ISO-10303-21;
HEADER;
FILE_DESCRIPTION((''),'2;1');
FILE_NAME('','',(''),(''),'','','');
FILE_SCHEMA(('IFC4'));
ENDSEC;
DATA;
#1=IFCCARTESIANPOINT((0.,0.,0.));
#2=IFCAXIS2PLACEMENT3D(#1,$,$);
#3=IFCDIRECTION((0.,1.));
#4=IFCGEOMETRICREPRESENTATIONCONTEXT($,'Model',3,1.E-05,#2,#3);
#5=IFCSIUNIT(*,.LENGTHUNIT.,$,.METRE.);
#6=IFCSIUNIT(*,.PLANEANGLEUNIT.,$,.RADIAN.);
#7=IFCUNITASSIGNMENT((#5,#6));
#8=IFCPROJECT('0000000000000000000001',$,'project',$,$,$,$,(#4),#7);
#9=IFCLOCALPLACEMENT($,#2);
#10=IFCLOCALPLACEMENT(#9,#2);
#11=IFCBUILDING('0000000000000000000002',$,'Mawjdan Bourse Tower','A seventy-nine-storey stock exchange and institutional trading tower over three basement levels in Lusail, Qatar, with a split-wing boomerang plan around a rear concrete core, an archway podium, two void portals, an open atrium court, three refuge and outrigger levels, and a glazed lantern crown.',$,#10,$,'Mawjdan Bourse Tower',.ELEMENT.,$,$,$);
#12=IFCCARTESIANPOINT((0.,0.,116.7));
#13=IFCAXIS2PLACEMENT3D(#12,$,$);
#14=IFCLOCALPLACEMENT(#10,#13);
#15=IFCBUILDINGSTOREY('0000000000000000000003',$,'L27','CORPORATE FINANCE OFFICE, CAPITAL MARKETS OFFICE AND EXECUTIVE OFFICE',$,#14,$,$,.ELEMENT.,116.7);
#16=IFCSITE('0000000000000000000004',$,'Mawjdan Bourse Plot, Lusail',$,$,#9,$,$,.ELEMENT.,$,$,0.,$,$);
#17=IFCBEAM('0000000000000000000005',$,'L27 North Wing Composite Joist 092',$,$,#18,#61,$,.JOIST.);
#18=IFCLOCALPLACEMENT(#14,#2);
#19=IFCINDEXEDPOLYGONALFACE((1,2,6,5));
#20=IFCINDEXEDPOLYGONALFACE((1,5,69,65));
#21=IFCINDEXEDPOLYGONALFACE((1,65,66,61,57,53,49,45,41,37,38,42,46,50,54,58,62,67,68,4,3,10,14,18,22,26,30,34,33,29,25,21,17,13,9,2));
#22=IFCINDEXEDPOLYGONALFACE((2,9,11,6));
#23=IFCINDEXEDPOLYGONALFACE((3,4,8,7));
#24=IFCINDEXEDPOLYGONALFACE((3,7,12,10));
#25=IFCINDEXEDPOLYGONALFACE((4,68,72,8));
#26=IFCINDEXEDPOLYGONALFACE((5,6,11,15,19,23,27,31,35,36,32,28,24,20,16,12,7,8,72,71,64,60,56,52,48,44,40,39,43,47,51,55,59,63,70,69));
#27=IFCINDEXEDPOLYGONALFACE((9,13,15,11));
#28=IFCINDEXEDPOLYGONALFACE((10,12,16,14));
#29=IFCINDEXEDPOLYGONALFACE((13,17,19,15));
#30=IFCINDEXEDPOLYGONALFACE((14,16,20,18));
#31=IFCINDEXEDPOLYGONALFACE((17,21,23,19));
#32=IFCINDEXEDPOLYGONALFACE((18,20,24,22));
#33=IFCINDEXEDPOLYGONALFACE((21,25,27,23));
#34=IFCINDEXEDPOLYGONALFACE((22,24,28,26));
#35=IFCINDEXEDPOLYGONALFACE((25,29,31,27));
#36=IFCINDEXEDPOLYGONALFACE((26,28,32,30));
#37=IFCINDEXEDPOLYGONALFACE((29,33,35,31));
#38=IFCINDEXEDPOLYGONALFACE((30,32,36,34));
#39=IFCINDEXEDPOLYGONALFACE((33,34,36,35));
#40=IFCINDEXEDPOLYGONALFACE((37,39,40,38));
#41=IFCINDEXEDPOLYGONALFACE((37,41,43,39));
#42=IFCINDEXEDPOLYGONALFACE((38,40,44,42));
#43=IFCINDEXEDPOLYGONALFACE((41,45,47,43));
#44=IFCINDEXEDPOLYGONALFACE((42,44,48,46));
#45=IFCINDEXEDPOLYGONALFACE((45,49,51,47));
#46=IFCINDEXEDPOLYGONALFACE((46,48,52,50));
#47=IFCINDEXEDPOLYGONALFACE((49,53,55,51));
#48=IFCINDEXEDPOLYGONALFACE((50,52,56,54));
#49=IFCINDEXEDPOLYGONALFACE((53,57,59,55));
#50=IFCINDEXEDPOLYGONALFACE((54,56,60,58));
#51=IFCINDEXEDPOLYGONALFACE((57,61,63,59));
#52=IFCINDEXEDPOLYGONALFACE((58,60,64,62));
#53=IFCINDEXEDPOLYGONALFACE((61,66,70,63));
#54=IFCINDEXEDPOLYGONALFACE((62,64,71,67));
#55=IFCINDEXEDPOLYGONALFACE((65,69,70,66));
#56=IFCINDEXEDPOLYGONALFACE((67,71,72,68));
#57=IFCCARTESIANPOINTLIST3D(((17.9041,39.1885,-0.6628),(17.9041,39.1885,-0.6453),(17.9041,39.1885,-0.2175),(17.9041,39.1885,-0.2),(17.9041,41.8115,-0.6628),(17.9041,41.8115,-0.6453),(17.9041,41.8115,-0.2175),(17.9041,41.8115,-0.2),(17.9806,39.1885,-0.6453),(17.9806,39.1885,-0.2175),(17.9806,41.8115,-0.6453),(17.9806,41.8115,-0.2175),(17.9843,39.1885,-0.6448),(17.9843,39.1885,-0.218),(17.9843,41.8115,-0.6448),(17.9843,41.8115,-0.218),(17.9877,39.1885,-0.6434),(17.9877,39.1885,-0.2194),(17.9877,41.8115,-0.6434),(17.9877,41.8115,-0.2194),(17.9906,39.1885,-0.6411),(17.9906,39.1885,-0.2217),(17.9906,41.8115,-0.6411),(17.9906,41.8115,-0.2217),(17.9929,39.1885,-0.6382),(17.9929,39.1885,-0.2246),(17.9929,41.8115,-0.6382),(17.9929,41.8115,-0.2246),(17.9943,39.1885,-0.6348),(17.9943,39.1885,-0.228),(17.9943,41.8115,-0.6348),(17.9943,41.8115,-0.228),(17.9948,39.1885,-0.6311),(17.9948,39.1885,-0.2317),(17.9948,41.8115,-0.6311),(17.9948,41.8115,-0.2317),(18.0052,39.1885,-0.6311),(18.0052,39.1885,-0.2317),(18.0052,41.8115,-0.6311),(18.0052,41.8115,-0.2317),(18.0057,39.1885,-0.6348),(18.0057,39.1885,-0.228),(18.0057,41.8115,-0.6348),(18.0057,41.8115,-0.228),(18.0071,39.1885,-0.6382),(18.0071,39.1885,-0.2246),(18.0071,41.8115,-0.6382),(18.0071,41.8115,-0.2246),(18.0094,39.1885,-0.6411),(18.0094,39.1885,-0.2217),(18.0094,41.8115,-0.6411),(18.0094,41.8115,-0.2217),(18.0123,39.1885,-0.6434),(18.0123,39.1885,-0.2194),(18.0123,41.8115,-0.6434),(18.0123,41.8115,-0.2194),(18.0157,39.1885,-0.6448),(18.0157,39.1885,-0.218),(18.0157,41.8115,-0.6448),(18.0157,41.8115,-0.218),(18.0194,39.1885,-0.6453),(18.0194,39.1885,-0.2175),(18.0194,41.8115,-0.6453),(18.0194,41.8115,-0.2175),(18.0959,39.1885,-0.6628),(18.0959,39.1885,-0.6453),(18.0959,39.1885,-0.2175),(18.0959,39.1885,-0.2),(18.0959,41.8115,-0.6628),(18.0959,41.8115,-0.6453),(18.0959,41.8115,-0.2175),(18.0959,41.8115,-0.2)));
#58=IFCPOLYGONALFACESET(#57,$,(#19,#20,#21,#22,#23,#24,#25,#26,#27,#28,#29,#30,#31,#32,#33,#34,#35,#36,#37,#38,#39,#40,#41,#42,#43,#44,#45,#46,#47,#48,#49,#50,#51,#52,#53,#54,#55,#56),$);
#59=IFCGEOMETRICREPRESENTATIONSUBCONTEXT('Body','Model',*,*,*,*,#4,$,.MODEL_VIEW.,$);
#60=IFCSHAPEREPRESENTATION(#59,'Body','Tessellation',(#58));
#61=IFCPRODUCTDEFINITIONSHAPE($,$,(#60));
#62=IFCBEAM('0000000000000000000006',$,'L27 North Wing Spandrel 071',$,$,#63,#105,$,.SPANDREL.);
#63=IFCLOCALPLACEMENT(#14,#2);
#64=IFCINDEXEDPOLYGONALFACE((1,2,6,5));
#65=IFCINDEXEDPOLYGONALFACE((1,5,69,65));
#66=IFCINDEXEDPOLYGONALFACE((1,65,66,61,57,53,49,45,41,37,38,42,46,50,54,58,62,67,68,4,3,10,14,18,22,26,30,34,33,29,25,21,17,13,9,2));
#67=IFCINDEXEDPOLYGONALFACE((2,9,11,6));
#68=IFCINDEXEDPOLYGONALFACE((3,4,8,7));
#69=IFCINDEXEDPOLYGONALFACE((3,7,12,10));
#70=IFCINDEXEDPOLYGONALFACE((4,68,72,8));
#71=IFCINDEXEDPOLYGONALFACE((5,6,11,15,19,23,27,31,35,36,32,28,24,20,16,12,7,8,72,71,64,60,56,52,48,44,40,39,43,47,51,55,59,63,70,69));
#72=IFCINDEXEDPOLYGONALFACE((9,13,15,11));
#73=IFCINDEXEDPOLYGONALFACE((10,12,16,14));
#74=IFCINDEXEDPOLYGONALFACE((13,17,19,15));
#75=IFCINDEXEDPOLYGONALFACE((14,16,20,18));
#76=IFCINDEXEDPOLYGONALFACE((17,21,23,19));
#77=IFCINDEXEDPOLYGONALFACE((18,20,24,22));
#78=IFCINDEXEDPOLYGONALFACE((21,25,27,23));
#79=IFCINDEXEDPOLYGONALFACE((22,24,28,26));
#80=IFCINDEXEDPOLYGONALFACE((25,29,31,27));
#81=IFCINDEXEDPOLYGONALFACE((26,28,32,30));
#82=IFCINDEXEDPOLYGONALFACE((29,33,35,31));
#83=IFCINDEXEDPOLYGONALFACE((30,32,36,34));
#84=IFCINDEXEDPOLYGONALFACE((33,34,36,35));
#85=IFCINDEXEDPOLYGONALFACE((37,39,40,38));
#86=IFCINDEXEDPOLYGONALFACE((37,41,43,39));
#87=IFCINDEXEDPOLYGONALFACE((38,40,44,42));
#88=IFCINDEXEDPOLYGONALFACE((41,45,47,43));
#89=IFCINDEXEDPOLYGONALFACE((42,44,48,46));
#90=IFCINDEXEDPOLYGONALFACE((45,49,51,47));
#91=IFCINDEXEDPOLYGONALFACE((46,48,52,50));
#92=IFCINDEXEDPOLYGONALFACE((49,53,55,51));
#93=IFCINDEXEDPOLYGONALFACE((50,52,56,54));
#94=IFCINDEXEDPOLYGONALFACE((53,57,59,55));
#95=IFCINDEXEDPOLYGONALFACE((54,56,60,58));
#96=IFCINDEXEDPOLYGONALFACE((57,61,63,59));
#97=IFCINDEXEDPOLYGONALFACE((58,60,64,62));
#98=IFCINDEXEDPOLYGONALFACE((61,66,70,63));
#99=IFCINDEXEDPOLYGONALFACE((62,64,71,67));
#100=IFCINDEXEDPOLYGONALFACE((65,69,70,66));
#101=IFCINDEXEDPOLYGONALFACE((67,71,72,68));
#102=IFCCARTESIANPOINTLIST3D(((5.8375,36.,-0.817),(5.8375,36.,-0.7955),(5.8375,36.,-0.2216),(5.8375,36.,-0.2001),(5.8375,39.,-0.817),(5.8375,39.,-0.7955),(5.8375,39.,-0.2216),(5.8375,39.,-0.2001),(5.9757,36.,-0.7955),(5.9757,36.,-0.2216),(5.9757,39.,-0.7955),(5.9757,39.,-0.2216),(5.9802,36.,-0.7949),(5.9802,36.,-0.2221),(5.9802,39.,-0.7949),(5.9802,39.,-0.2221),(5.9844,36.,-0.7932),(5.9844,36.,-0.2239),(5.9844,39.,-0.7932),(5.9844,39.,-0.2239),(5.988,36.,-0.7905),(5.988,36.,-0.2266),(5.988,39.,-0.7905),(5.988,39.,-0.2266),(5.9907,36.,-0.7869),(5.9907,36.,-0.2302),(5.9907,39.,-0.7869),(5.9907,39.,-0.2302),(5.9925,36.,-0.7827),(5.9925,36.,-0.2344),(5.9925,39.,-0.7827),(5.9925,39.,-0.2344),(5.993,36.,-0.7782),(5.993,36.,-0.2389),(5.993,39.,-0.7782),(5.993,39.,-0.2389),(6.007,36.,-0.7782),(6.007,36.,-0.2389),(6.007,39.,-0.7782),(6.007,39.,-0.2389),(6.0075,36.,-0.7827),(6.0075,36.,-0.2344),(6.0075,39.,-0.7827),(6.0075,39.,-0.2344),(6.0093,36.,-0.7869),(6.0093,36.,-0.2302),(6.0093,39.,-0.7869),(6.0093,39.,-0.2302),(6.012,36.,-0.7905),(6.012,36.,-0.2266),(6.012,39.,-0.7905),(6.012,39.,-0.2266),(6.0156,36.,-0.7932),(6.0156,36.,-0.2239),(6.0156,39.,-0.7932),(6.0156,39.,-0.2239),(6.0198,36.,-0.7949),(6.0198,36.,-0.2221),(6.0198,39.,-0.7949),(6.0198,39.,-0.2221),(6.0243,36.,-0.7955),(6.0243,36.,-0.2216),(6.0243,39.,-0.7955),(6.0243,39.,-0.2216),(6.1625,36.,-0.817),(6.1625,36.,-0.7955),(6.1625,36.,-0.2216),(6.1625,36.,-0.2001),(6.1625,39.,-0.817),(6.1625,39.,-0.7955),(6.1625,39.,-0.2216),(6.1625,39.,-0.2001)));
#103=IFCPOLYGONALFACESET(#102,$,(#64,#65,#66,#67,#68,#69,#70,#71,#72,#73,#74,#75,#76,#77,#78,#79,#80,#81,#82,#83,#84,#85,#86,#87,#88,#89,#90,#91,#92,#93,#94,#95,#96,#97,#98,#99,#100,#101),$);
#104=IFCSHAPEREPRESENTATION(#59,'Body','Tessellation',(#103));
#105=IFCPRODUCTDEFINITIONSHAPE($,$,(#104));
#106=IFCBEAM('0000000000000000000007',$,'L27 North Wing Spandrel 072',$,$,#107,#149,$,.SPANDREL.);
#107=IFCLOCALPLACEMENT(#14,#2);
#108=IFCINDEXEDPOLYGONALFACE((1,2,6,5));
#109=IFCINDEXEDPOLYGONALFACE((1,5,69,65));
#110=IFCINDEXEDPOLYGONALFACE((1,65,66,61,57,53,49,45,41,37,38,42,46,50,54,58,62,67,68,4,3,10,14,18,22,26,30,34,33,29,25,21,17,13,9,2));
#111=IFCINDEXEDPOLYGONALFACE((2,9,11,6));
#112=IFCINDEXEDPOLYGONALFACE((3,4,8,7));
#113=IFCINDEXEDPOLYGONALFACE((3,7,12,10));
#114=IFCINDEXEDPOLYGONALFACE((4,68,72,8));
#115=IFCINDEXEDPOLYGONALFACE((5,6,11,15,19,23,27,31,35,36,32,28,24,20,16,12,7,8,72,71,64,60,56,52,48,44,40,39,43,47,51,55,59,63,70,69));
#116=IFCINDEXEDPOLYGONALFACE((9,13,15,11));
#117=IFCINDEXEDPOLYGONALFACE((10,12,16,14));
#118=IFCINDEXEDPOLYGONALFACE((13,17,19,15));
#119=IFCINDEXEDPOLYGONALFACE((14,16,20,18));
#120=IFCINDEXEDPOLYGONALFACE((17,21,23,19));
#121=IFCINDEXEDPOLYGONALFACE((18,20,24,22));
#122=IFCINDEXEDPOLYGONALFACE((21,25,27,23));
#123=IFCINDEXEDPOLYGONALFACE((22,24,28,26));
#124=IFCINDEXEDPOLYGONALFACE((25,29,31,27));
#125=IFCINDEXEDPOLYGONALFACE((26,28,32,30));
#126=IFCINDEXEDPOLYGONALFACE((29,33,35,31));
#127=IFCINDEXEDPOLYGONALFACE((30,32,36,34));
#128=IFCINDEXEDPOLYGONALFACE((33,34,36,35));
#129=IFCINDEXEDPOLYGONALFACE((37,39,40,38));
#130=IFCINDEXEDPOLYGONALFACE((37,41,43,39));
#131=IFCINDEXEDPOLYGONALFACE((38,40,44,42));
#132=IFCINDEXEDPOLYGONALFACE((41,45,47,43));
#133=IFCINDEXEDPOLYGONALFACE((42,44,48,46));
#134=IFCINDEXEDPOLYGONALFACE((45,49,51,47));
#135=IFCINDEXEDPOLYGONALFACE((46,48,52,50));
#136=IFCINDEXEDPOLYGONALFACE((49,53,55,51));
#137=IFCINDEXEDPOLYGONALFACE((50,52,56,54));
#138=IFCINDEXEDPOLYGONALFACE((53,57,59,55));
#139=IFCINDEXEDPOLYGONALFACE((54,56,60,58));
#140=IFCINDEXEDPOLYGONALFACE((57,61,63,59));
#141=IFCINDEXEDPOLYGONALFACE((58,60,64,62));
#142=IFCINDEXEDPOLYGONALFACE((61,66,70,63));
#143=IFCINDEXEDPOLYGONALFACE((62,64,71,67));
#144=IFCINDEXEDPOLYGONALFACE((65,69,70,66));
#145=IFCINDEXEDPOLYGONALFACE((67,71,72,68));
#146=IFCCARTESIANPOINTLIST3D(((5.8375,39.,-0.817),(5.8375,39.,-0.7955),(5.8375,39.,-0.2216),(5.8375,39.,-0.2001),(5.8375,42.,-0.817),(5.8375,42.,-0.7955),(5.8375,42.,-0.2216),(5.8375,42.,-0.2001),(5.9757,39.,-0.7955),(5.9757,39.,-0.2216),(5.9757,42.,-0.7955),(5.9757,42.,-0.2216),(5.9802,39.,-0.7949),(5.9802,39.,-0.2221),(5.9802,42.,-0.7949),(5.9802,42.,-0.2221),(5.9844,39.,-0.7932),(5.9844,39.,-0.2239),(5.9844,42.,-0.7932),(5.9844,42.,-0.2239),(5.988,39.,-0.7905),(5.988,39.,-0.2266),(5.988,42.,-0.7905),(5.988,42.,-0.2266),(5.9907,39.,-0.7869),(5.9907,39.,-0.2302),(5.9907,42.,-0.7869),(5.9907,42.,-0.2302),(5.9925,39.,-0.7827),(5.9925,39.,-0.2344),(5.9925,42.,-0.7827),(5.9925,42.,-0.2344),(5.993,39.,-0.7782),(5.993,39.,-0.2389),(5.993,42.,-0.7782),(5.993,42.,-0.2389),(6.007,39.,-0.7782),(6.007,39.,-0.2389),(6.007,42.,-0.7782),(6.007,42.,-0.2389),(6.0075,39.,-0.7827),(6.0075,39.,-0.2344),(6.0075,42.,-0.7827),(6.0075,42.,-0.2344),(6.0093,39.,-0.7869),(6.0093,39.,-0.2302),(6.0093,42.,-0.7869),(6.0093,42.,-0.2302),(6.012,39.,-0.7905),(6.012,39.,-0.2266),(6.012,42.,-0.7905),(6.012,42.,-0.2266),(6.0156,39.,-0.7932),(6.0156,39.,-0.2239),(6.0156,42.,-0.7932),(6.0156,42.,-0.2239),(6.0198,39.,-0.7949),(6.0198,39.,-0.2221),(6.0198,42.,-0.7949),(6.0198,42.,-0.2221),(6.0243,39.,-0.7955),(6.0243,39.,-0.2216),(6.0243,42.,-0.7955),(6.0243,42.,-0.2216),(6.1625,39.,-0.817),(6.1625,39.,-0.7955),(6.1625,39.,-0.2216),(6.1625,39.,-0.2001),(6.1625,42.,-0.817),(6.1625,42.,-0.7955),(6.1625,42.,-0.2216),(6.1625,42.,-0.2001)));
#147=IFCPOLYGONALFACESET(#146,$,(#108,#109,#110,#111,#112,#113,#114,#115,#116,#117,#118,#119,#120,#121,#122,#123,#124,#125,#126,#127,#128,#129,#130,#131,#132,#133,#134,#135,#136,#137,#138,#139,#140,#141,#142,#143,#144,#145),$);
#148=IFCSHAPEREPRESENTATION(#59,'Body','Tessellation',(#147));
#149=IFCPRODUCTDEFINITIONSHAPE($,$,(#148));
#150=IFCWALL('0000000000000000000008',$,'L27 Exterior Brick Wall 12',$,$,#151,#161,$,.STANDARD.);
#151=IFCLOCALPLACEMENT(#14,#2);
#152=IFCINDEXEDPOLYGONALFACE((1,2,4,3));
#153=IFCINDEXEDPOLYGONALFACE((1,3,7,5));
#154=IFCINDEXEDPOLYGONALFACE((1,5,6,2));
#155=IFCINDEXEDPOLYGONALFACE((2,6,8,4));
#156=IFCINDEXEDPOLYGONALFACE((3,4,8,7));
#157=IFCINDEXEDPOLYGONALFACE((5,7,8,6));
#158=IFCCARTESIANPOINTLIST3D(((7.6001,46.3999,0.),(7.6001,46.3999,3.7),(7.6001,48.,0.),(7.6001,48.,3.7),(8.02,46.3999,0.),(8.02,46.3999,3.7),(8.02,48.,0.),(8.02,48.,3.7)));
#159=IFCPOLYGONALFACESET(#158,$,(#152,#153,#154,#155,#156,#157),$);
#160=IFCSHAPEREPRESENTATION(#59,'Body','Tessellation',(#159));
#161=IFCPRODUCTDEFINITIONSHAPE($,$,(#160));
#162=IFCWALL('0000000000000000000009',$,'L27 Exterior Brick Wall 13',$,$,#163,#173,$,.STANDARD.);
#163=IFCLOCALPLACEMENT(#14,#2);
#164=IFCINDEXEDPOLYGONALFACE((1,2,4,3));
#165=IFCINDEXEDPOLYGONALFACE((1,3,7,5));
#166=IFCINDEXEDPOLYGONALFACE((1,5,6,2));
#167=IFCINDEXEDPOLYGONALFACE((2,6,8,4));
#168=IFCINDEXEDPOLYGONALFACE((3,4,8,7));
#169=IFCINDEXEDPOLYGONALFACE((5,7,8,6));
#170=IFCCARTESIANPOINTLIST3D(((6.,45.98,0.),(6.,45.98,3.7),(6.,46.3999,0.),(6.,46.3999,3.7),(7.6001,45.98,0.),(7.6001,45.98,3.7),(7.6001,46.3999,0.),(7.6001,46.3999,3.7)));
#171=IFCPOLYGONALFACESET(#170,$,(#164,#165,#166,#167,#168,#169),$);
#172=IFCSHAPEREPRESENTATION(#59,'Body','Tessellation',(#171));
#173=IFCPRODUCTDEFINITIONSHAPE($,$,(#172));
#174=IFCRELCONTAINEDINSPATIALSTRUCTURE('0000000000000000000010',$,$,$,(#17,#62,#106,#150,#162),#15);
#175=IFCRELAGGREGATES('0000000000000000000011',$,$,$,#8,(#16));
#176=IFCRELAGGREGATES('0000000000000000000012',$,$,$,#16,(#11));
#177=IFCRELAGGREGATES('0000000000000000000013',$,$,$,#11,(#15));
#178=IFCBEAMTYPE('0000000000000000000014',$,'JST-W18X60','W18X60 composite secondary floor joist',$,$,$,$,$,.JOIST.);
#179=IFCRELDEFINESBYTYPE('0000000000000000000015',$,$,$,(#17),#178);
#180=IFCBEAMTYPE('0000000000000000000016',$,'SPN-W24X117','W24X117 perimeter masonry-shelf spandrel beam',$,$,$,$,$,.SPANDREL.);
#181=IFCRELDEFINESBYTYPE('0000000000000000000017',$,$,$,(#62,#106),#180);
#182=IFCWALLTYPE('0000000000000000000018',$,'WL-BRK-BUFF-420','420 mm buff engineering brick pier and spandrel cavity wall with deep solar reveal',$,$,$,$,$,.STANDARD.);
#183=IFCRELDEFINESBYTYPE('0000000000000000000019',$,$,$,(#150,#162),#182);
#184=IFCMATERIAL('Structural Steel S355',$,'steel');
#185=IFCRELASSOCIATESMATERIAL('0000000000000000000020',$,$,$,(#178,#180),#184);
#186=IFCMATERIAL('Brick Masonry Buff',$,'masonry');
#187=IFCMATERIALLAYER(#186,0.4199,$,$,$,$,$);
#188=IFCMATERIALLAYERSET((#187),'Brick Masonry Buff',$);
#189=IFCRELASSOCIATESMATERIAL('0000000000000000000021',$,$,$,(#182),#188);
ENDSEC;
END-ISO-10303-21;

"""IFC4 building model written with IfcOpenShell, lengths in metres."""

from ifc_helpers import new_model, si_unit, direction, frame, frame_2d, origin, origin_2d, place, context, subcontext, project, spatial, rectangle, i_section, extrude, material, layer, layer_set, material_profile, profile_set, type_object, element, save


model = new_model("IFC4")

# Units and contexts
model_context = context("Model", 3, precision=1e-05, world=origin(), true_north=direction((0.0, 1.0)))
body_context = subcontext(model_context, "Body", "Model", "MODEL_VIEW")
ifc_project = project(units=[si_unit("LENGTHUNIT", "METRE"), si_unit("PLANEANGLEUNIT", "RADIAN")], contexts=[model_context])

# Site, building, storey
site_placement = place(None, origin())
site = spatial("IfcSite", under=ifc_project, at=site_placement, Name="Mawjdan Bourse Plot, Lusail", CompositionType="ELEMENT", RefElevation=0.0)
building_placement = place(site_placement, origin())
building = spatial("IfcBuilding", under=site, at=building_placement, Name="Mawjdan Bourse Tower", Description="A seventy-nine-storey stock exchange and institutional trading tower over three basement levels in Lusail, Qatar, with a split-wing boomerang plan around a rear concrete core, an archway podium, two void portals, an open atrium court, three refuge and outrigger levels, and a glazed lantern crown.", LongName="Mawjdan Bourse Tower", CompositionType="ELEMENT")
storey_placement = place(building_placement, frame((0.0, 0.0, 116.7)))
storey = spatial("IfcBuildingStorey", under=building, at=storey_placement, Name="L27", Description="CORPORATE FINANCE OFFICE, CAPITAL MARKETS OFFICE AND EXECUTIVE OFFICE", CompositionType="ELEMENT", Elevation=116.7)

# Beams
ifc_material_1 = material(Name="Structural Steel S355", Category="steel")
ifc_material_profile_1 = material_profile(ifc_material_1, i_section(OverallWidth=0.1919, OverallDepth=0.4629, WebThickness=0.0105, FlangeThickness=0.0176, FilletRadius=0.0142, at=origin_2d()), Name="W18X60")
ifc_profile_set_1 = profile_set([ifc_material_profile_1], Name="Structural Steel S355")
beam_type_1 = type_object("IfcBeamType", Name="JST-W18X60", Description="W18X60 composite secondary floor joist", PredefinedType="JOIST", material=ifc_profile_set_1)
for number, where, z_axis, x_axis, name in (
    (1, (18.0, 39.1885, -0.4314), (0.0, 1.0, 0.0), (-1.0, 0.0, 0.0), "L27 North Wing Composite Joist 092"),
):
    element("IfcBeam", number, at=place(storey_placement, frame(where, z_axis=z_axis, x_axis=x_axis)), inside=storey, type_object=beam_type_1, Name=name, PredefinedType="JOIST", context=body_context, shape_type="SweptSolid", body=[
        extrude(i_section(OverallWidth=0.1919, OverallDepth=0.4629, WebThickness=0.0105, FlangeThickness=0.0176, FilletRadius=0.0142, at=origin_2d()), origin(), (0.0, 0.0, 1.0), 2.623),
    ])
ifc_material_profile_2 = material_profile(ifc_material_1, i_section(OverallWidth=0.325, OverallDepth=0.6169, WebThickness=0.0139, FlangeThickness=0.0215, FilletRadius=0.0173, at=origin_2d()), Name="W24X117")
ifc_profile_set_2 = profile_set([ifc_material_profile_2], Name="Structural Steel S355")
beam_type_2 = type_object("IfcBeamType", Name="SPN-W24X117", Description="W24X117 perimeter masonry-shelf spandrel beam", PredefinedType="SPANDREL", material=ifc_profile_set_2)
for number, where, z_axis, x_axis, name in (
    (2, (6.0, 36.0, -0.5085), (0.0, 1.0, 0.0), (-1.0, 0.0, 0.0), "L27 North Wing Spandrel 071"),
    (3, (6.0, 39.0, -0.5085), (0.0, 1.0, 0.0), (-1.0, 0.0, 0.0), "L27 North Wing Spandrel 072"),
):
    element("IfcBeam", number, at=place(storey_placement, frame(where, z_axis=z_axis, x_axis=x_axis)), inside=storey, type_object=beam_type_2, Name=name, PredefinedType="SPANDREL", context=body_context, shape_type="SweptSolid", body=[
        extrude(i_section(OverallWidth=0.325, OverallDepth=0.6169, WebThickness=0.0139, FlangeThickness=0.0215, FilletRadius=0.0173, at=origin_2d()), origin(), (0.0, 0.0, 1.0), 3.0),
    ])

# Walls
ifc_material_2 = material(Name="Brick Masonry Buff", Category="masonry")
ifc_layer_1 = layer(ifc_material_2, 0.4199)
ifc_layer_set_1 = layer_set([ifc_layer_1], Name="Brick Masonry Buff")
wall_type_1 = type_object("IfcWallType", Name="WL-BRK-BUFF-420", Description="420 mm buff engineering brick pier and spandrel cavity wall with deep solar reveal", PredefinedType="STANDARD", material=ifc_layer_set_1)
for number, where, z_axis, x_axis, name in (
    (4, (7.8101, 48.0, 0.0), (0.0, 0.0, 1.0), (0.0, -1.0, 0.0), "L27 Exterior Brick Wall 12"),
    (5, (7.6001, 46.1899, 0.0), (0.0, 0.0, 1.0), (-1.0, 0.0, 0.0), "L27 Exterior Brick Wall 13"),
):
    element("IfcWall", number, at=place(storey_placement, frame(where, z_axis=z_axis, x_axis=x_axis)), inside=storey, type_object=wall_type_1, Name=name, PredefinedType="STANDARD", context=body_context, shape_type="SweptSolid", body=[
        extrude(rectangle(XDim=1.6001, YDim=0.4199, at=frame_2d((0.8, 0.0))), origin(), (0.0, 0.0, 1.0), 3.7),
    ])

save(model, "model.ifc")
